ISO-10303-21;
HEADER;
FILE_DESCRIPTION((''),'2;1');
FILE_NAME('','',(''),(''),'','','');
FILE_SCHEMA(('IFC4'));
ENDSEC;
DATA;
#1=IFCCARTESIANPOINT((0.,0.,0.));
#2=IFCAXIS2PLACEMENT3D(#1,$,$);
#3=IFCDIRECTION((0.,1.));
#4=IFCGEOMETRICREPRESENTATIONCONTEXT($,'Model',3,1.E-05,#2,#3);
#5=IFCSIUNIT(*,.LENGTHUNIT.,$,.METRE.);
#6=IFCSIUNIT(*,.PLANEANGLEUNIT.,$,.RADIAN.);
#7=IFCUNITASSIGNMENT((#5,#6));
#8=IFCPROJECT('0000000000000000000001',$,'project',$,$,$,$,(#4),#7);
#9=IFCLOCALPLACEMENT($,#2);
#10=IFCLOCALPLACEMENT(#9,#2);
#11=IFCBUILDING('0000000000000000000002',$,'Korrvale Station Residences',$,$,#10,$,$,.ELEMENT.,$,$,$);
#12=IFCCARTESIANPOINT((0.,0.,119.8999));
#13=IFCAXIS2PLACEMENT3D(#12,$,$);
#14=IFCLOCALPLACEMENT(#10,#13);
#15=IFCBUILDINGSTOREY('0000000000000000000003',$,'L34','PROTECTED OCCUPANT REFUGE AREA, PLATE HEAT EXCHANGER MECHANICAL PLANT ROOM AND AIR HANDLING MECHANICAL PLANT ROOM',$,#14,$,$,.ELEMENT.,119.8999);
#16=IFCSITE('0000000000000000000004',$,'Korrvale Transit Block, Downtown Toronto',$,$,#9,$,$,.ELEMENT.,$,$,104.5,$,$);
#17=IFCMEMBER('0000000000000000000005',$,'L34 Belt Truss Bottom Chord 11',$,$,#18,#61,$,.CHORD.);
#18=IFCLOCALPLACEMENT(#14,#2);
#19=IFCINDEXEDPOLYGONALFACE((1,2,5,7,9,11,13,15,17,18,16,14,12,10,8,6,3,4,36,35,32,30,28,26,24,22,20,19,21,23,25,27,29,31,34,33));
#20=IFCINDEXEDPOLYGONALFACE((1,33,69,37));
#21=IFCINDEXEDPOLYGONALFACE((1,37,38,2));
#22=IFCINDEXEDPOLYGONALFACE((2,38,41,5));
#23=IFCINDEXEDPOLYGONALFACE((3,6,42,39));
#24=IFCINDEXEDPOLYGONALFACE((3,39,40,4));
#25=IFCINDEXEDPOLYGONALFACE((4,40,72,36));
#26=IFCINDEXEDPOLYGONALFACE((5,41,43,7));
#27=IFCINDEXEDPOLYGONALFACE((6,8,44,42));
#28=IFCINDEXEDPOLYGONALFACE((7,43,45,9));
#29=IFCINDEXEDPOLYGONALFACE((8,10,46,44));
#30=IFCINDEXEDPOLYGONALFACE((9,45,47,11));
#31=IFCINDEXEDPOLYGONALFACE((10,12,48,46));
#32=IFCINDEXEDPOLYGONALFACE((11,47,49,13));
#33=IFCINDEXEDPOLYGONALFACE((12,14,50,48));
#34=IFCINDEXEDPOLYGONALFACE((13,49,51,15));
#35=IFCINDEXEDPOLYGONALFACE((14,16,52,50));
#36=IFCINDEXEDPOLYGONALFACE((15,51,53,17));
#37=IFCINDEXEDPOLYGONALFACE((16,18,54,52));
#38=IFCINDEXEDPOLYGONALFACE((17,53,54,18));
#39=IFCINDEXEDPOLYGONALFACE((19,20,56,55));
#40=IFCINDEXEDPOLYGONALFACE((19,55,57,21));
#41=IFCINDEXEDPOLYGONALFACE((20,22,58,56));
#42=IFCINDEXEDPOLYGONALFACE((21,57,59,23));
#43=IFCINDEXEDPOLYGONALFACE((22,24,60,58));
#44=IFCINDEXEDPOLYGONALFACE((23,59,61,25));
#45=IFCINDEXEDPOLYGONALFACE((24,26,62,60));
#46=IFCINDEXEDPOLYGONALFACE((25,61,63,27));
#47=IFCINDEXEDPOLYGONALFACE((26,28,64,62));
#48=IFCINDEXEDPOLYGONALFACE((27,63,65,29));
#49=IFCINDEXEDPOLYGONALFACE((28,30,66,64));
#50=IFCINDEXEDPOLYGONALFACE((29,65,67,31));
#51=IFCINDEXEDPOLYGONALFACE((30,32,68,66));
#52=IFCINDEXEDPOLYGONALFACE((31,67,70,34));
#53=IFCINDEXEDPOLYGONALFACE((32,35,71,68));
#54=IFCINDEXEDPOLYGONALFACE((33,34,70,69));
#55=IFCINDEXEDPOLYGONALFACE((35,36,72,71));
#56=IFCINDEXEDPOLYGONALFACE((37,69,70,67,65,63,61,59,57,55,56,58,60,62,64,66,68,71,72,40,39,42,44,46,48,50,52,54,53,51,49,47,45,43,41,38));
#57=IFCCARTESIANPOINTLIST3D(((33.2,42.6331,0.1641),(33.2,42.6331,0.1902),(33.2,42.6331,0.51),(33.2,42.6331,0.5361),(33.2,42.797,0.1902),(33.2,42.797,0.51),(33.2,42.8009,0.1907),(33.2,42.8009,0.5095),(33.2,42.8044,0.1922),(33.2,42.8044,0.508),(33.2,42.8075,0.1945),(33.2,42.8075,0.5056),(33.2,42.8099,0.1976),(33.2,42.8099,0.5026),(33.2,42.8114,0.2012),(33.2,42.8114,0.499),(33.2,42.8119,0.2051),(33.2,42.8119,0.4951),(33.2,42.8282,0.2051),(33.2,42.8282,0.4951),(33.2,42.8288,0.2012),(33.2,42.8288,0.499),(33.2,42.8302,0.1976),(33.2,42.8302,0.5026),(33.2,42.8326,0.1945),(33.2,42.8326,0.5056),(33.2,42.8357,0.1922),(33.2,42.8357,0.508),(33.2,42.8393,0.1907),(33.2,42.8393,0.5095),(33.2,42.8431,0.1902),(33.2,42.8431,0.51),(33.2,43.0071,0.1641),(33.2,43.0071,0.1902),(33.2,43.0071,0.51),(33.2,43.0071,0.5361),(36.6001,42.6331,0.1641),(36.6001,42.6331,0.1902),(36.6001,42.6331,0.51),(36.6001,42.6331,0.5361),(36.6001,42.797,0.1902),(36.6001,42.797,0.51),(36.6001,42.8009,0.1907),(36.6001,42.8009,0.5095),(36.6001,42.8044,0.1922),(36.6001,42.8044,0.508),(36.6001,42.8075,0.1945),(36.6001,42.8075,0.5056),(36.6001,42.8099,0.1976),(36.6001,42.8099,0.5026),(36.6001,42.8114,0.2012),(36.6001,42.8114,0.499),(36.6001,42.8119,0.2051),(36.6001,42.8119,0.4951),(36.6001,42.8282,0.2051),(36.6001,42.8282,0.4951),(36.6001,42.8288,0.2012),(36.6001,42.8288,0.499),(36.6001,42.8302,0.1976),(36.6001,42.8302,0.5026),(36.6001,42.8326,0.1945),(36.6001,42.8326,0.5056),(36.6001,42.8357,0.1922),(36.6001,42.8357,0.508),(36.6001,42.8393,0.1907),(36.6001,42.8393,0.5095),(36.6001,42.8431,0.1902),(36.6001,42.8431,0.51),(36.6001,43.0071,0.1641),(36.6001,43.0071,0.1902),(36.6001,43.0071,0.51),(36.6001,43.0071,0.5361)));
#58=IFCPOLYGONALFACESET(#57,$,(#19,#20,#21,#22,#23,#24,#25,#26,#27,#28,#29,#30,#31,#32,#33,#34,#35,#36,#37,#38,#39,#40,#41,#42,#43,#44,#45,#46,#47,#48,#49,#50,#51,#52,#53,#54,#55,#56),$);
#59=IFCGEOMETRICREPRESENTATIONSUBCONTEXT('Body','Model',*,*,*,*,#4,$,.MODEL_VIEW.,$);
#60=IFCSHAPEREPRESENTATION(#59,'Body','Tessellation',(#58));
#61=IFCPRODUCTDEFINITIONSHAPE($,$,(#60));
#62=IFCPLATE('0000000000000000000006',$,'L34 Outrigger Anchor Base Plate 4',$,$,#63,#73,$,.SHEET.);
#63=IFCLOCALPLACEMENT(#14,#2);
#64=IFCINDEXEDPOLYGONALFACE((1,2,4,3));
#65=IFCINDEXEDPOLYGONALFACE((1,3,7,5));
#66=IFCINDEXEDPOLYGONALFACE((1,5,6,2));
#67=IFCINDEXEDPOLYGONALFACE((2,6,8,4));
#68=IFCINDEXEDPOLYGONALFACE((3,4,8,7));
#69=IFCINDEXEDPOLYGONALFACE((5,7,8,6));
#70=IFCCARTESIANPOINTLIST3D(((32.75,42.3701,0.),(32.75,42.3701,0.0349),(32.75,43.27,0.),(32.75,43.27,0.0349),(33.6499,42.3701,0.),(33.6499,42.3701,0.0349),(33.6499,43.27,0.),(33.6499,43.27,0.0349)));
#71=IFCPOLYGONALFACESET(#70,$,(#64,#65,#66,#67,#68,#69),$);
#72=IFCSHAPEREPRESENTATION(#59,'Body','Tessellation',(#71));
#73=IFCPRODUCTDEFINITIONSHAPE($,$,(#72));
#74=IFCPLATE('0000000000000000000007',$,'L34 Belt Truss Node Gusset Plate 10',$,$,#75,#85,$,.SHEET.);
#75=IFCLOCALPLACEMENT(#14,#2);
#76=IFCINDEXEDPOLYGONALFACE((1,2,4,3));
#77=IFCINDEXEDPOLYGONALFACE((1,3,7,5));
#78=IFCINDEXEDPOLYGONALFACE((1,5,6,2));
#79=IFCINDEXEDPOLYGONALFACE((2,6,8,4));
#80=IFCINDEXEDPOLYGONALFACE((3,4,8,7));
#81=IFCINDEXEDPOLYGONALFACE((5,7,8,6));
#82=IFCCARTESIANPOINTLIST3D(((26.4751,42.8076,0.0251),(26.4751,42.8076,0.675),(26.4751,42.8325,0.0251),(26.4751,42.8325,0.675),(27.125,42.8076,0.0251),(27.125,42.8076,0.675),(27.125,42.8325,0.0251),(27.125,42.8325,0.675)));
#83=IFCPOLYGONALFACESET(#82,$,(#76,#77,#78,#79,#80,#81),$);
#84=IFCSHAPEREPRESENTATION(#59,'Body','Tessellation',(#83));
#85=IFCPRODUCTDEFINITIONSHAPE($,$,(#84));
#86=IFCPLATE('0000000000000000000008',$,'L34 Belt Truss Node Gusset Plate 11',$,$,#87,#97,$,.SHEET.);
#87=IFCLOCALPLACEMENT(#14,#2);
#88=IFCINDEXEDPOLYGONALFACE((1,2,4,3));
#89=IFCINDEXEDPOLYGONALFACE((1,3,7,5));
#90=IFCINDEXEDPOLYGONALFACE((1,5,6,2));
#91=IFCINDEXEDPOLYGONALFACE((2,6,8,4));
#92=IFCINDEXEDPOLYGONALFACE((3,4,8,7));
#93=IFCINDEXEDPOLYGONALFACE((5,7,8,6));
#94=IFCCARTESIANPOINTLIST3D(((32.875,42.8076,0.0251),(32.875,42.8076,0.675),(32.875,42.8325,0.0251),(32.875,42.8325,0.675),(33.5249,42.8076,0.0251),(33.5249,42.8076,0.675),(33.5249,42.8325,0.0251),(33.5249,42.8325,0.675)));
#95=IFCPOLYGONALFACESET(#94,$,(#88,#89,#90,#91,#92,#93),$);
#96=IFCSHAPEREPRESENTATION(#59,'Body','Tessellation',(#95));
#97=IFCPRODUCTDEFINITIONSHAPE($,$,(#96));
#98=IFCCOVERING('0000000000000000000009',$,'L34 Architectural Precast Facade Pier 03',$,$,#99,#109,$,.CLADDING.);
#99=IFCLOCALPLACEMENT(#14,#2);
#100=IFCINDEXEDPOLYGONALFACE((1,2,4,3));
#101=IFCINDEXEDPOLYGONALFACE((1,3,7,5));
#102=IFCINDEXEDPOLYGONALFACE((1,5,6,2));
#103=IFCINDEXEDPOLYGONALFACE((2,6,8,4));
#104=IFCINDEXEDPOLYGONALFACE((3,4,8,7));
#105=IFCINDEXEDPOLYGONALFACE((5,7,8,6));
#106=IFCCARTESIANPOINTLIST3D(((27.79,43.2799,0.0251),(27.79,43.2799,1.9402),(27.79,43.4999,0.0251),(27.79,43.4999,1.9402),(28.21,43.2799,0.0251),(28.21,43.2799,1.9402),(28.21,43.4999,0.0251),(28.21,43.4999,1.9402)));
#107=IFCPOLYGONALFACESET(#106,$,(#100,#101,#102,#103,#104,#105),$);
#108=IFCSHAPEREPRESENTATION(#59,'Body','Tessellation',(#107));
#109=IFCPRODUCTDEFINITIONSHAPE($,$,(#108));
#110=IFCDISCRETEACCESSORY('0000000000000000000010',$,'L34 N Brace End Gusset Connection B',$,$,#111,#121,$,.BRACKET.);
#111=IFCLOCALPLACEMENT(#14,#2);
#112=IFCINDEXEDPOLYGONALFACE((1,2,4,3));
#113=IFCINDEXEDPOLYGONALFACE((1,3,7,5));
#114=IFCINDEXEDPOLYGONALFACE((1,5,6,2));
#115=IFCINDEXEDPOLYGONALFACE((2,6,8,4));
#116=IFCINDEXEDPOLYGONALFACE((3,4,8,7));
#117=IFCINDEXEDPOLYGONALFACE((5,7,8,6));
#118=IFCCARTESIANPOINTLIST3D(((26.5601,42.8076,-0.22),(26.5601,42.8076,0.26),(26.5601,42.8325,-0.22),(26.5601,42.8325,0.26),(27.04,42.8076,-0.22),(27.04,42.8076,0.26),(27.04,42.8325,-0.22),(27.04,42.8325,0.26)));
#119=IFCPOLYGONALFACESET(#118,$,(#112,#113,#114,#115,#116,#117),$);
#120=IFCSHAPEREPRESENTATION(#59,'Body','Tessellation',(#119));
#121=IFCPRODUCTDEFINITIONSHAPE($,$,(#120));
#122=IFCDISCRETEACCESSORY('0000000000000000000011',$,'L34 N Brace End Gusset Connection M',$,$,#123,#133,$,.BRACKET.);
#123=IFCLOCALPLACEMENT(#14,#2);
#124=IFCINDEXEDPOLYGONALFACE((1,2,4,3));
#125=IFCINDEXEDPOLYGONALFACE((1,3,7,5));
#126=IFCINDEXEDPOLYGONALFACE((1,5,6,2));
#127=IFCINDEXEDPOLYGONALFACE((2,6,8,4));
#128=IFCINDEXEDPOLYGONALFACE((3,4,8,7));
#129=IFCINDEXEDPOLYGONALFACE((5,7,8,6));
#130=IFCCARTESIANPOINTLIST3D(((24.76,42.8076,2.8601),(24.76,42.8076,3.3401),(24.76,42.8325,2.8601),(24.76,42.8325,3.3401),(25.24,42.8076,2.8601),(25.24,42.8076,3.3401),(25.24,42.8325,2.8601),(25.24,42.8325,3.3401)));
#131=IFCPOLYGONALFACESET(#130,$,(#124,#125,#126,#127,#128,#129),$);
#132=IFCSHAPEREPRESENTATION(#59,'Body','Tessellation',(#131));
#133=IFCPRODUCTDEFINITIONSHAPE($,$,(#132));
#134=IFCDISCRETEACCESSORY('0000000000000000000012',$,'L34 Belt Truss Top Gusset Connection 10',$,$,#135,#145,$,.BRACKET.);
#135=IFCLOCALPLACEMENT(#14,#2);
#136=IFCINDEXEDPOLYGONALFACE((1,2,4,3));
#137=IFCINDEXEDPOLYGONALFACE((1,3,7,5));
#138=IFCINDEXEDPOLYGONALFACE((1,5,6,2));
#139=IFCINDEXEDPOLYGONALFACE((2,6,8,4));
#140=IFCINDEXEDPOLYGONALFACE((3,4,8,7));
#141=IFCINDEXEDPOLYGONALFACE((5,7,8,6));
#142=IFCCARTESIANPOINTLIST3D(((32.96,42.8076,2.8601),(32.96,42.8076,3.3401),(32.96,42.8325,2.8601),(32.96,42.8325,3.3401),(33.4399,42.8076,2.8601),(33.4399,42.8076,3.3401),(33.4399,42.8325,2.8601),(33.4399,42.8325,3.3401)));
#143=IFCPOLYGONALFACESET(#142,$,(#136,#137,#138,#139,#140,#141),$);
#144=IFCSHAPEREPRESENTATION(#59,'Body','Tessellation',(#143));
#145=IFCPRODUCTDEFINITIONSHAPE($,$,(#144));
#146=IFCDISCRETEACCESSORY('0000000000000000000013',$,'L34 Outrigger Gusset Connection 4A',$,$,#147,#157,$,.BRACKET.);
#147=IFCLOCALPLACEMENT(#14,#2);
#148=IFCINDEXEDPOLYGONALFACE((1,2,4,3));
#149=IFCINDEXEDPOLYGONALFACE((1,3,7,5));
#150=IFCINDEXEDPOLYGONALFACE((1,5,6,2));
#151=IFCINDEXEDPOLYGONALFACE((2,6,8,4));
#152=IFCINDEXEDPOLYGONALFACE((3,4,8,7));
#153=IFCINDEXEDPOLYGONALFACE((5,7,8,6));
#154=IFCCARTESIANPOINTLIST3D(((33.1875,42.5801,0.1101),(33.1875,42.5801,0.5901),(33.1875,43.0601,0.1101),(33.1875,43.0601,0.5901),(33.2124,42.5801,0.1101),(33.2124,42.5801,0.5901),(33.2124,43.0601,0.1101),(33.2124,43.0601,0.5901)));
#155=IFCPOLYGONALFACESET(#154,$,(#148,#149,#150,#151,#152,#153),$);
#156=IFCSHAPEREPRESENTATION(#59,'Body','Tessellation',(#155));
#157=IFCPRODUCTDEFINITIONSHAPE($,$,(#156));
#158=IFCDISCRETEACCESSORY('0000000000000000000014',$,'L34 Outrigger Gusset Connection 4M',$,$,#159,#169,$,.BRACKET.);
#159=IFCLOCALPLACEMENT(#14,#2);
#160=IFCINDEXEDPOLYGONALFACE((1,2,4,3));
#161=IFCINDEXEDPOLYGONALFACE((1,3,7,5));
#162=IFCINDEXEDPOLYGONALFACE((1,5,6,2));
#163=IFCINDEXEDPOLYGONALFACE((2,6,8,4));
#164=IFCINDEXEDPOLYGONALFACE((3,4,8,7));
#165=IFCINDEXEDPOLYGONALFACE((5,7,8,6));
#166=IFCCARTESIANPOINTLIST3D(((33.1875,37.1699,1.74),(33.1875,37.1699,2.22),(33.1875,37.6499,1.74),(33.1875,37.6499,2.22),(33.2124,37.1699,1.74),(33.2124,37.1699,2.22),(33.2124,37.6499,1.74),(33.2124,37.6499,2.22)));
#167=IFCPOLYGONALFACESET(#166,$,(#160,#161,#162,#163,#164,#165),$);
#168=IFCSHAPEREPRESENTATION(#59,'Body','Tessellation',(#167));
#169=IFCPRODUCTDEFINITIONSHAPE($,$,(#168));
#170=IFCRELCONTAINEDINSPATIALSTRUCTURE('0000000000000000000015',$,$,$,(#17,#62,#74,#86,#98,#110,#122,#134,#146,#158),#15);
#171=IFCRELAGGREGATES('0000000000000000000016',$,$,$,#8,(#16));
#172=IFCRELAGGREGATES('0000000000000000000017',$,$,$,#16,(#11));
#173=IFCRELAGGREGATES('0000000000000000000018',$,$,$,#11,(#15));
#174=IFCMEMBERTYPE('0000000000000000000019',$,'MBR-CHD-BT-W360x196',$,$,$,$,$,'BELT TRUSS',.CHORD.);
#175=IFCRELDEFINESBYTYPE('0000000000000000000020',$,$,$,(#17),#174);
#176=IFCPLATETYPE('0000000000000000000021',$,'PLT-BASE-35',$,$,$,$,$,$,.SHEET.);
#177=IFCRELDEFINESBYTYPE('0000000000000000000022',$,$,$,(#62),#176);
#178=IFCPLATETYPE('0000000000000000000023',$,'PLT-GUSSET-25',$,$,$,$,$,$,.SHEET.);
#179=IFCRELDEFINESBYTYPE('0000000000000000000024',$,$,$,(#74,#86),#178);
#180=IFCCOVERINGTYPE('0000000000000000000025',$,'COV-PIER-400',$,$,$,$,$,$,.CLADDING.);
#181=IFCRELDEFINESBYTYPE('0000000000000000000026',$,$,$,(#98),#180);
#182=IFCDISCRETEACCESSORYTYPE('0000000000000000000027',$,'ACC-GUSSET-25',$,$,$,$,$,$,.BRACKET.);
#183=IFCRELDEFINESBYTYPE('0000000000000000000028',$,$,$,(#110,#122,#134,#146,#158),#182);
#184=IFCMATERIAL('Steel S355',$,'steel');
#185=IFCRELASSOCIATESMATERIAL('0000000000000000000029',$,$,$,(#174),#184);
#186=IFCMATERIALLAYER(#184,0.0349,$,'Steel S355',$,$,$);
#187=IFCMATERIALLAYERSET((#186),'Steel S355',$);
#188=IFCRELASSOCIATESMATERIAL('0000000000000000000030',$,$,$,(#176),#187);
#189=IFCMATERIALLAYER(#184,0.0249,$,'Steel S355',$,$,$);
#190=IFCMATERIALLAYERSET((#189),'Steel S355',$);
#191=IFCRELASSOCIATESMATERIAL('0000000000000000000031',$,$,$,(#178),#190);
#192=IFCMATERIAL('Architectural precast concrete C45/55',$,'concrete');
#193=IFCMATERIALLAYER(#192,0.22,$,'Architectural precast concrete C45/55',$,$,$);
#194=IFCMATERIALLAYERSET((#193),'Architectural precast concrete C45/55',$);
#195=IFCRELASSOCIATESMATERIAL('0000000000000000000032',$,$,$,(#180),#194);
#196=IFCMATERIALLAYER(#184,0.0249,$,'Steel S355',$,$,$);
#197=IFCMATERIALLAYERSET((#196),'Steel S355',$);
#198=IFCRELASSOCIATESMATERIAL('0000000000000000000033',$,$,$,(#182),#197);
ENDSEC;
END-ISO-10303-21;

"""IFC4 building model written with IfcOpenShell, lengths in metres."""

from ifc_helpers import new_model, si_unit, direction, frame, origin, origin_2d, place, context, subcontext, project, spatial, rectangle, i_section, extrude, material, layer, layer_set, material_profile, profile_set, type_object, element, save


model = new_model("IFC4")

# Units and contexts
model_context = context("Model", 3, precision=1e-05, world=origin(), true_north=direction((0.0, 1.0)))
body_context = subcontext(model_context, "Body", "Model", "MODEL_VIEW")
ifc_project = project(units=[si_unit("LENGTHUNIT", "METRE"), si_unit("PLANEANGLEUNIT", "RADIAN")], contexts=[model_context])

# Site, building, storey
site_placement = place(None, origin())
site = spatial("IfcSite", under=ifc_project, at=site_placement, Name="Korrvale Transit Block, Downtown Toronto", CompositionType="ELEMENT", RefElevation=104.5)
building_placement = place(site_placement, origin())
building = spatial("IfcBuilding", under=site, at=building_placement, Name="Korrvale Station Residences", CompositionType="ELEMENT")
storey_placement = place(building_placement, frame((0.0, 0.0, 119.8999)))
storey = spatial("IfcBuildingStorey", under=building, at=storey_placement, Name="L34", Description="PROTECTED OCCUPANT REFUGE AREA, PLATE HEAT EXCHANGER MECHANICAL PLANT ROOM AND AIR HANDLING MECHANICAL PLANT ROOM", CompositionType="ELEMENT", Elevation=119.8999)

# Member
ifc_material_1 = material(Name="Steel S355", Category="steel")
ifc_material_profile_1 = material_profile(ifc_material_1, i_section(OverallWidth=0.374, OverallDepth=0.3721, WebThickness=0.0164, FlangeThickness=0.0261, FilletRadius=0.0149, at=origin_2d()), Name="W360x196")
ifc_profile_set_1 = profile_set([ifc_material_profile_1], Name="Steel S355")
member_type_1 = type_object("IfcMemberType", Name="MBR-CHD-BT-W360x196", ElementType="BELT TRUSS", PredefinedType="CHORD", material=ifc_profile_set_1)
member_1_placement = place(storey_placement, frame((33.2, 42.8201, 0.3501), z_axis=(1.0, 0.0, 0.0), x_axis=(0.0, 1.0, 0.0)))
element("IfcMember", 1, at=member_1_placement, inside=storey, type_object=member_type_1, Name="L34 Belt Truss Bottom Chord 11", PredefinedType="CHORD", context=body_context, shape_type="SweptSolid", body=[
    extrude(i_section(OverallWidth=0.374, OverallDepth=0.3721, WebThickness=0.0164, FlangeThickness=0.0261, FilletRadius=0.0149, at=origin_2d()), origin(), (0.0, 0.0, 1.0), 3.4001),
])

# Plates
ifc_layer_1 = layer(ifc_material_1, 0.0349, Name="Steel S355")
ifc_layer_set_1 = layer_set([ifc_layer_1], Name="Steel S355")
plate_type_1 = type_object("IfcPlateType", Name="PLT-BASE-35", PredefinedType="SHEET", material=ifc_layer_set_1)
plate_placement = place(storey_placement, frame((33.2, 42.8201, 0.0), z_axis=(0.0, 0.0, 1.0), x_axis=(1.0, 0.0, 0.0)))
element("IfcPlate", 2, at=plate_placement, inside=storey, type_object=plate_type_1, Name="L34 Outrigger Anchor Base Plate 4", PredefinedType="SHEET", context=body_context, shape_type="SweptSolid", body=[
    extrude(rectangle(XDim=0.8999, YDim=0.8999, at=origin_2d()), origin(), (0.0, 0.0, 1.0), 0.0349),
])
ifc_layer_2 = layer(ifc_material_1, 0.0249, Name="Steel S355")
ifc_layer_set_2 = layer_set([ifc_layer_2], Name="Steel S355")
plate_type_2 = type_object("IfcPlateType", Name="PLT-GUSSET-25", PredefinedType="SHEET", material=ifc_layer_set_2)
for number, where, z_axis, x_axis, name in (
    (3, (26.8, 42.8201, 0.0251), (0.0, 0.0, 1.0), (1.0, 0.0, 0.0), "L34 Belt Truss Node Gusset Plate 10"),
    (4, (33.2, 42.8201, 0.0251), (0.0, 0.0, 1.0), (1.0, 0.0, 0.0), "L34 Belt Truss Node Gusset Plate 11"),
):
    element("IfcPlate", number, at=place(storey_placement, frame(where, z_axis=z_axis, x_axis=x_axis)), inside=storey, type_object=plate_type_2, Name=name, PredefinedType="SHEET", context=body_context, shape_type="SweptSolid", body=[
        extrude(rectangle(XDim=0.6499, YDim=0.0249, at=origin_2d()), origin(), (0.0, 0.0, 1.0), 0.6499),
    ])

# Covering
ifc_material_2 = material(Name="Architectural precast concrete C45/55", Category="concrete")
ifc_layer_3 = layer(ifc_material_2, 0.22, Name="Architectural precast concrete C45/55")
ifc_layer_set_3 = layer_set([ifc_layer_3], Name="Architectural precast concrete C45/55")
covering_type = type_object("IfcCoveringType", Name="COV-PIER-400", PredefinedType="CLADDING", material=ifc_layer_set_3)
covering_placement = place(storey_placement, frame((28.0, 43.3899, 0.0251), z_axis=(0.0, 0.0, 1.0), x_axis=(1.0, 0.0, 0.0)))
element("IfcCovering", 5, at=covering_placement, inside=storey, type_object=covering_type, Name="L34 Architectural Precast Facade Pier 03", PredefinedType="CLADDING", context=body_context, shape_type="SweptSolid", body=[
    extrude(rectangle(XDim=0.4199, YDim=0.22, at=origin_2d()), origin(), (0.0, 0.0, 1.0), 1.915),
])

# Discrete accessories
ifc_layer_4 = layer(ifc_material_1, 0.0249, Name="Steel S355")
ifc_layer_set_4 = layer_set([ifc_layer_4], Name="Steel S355")
discrete_accessory_type = type_object("IfcDiscreteAccessoryType", Name="ACC-GUSSET-25", PredefinedType="BRACKET", material=ifc_layer_set_4)
for number, where, z_axis, x_axis, name in (
    (6, (26.8, 42.8201, -0.22), (0.0, 0.0, 1.0), (1.0, 0.0, 0.0), "L34 N Brace End Gusset Connection B"),
    (7, (25.0, 42.8201, 2.8601), (0.0, 0.0, 1.0), (1.0, 0.0, 0.0), "L34 N Brace End Gusset Connection M"),
    (8, (33.2, 42.8201, 2.8601), (0.0, 0.0, 1.0), (1.0, 0.0, 0.0), "L34 Belt Truss Top Gusset Connection 10"),
    (9, (33.2, 42.8201, 0.1101), (0.0, 0.0, 1.0), (0.0, 1.0, 0.0), "L34 Outrigger Gusset Connection 4A"),
    (10, (33.2, 37.4099, 1.74), (0.0, 0.0, 1.0), (0.0, 1.0, 0.0), "L34 Outrigger Gusset Connection 4M"),
):
    element("IfcDiscreteAccessory", number, at=place(storey_placement, frame(where, z_axis=z_axis, x_axis=x_axis)), inside=storey, type_object=discrete_accessory_type, Name=name, PredefinedType="BRACKET", context=body_context, shape_type="SweptSolid", body=[
        extrude(rectangle(XDim=0.48, YDim=0.0249, at=origin_2d()), origin(), (0.0, 0.0, 1.0), 0.48),
    ])

save(model, "model.ifc")
